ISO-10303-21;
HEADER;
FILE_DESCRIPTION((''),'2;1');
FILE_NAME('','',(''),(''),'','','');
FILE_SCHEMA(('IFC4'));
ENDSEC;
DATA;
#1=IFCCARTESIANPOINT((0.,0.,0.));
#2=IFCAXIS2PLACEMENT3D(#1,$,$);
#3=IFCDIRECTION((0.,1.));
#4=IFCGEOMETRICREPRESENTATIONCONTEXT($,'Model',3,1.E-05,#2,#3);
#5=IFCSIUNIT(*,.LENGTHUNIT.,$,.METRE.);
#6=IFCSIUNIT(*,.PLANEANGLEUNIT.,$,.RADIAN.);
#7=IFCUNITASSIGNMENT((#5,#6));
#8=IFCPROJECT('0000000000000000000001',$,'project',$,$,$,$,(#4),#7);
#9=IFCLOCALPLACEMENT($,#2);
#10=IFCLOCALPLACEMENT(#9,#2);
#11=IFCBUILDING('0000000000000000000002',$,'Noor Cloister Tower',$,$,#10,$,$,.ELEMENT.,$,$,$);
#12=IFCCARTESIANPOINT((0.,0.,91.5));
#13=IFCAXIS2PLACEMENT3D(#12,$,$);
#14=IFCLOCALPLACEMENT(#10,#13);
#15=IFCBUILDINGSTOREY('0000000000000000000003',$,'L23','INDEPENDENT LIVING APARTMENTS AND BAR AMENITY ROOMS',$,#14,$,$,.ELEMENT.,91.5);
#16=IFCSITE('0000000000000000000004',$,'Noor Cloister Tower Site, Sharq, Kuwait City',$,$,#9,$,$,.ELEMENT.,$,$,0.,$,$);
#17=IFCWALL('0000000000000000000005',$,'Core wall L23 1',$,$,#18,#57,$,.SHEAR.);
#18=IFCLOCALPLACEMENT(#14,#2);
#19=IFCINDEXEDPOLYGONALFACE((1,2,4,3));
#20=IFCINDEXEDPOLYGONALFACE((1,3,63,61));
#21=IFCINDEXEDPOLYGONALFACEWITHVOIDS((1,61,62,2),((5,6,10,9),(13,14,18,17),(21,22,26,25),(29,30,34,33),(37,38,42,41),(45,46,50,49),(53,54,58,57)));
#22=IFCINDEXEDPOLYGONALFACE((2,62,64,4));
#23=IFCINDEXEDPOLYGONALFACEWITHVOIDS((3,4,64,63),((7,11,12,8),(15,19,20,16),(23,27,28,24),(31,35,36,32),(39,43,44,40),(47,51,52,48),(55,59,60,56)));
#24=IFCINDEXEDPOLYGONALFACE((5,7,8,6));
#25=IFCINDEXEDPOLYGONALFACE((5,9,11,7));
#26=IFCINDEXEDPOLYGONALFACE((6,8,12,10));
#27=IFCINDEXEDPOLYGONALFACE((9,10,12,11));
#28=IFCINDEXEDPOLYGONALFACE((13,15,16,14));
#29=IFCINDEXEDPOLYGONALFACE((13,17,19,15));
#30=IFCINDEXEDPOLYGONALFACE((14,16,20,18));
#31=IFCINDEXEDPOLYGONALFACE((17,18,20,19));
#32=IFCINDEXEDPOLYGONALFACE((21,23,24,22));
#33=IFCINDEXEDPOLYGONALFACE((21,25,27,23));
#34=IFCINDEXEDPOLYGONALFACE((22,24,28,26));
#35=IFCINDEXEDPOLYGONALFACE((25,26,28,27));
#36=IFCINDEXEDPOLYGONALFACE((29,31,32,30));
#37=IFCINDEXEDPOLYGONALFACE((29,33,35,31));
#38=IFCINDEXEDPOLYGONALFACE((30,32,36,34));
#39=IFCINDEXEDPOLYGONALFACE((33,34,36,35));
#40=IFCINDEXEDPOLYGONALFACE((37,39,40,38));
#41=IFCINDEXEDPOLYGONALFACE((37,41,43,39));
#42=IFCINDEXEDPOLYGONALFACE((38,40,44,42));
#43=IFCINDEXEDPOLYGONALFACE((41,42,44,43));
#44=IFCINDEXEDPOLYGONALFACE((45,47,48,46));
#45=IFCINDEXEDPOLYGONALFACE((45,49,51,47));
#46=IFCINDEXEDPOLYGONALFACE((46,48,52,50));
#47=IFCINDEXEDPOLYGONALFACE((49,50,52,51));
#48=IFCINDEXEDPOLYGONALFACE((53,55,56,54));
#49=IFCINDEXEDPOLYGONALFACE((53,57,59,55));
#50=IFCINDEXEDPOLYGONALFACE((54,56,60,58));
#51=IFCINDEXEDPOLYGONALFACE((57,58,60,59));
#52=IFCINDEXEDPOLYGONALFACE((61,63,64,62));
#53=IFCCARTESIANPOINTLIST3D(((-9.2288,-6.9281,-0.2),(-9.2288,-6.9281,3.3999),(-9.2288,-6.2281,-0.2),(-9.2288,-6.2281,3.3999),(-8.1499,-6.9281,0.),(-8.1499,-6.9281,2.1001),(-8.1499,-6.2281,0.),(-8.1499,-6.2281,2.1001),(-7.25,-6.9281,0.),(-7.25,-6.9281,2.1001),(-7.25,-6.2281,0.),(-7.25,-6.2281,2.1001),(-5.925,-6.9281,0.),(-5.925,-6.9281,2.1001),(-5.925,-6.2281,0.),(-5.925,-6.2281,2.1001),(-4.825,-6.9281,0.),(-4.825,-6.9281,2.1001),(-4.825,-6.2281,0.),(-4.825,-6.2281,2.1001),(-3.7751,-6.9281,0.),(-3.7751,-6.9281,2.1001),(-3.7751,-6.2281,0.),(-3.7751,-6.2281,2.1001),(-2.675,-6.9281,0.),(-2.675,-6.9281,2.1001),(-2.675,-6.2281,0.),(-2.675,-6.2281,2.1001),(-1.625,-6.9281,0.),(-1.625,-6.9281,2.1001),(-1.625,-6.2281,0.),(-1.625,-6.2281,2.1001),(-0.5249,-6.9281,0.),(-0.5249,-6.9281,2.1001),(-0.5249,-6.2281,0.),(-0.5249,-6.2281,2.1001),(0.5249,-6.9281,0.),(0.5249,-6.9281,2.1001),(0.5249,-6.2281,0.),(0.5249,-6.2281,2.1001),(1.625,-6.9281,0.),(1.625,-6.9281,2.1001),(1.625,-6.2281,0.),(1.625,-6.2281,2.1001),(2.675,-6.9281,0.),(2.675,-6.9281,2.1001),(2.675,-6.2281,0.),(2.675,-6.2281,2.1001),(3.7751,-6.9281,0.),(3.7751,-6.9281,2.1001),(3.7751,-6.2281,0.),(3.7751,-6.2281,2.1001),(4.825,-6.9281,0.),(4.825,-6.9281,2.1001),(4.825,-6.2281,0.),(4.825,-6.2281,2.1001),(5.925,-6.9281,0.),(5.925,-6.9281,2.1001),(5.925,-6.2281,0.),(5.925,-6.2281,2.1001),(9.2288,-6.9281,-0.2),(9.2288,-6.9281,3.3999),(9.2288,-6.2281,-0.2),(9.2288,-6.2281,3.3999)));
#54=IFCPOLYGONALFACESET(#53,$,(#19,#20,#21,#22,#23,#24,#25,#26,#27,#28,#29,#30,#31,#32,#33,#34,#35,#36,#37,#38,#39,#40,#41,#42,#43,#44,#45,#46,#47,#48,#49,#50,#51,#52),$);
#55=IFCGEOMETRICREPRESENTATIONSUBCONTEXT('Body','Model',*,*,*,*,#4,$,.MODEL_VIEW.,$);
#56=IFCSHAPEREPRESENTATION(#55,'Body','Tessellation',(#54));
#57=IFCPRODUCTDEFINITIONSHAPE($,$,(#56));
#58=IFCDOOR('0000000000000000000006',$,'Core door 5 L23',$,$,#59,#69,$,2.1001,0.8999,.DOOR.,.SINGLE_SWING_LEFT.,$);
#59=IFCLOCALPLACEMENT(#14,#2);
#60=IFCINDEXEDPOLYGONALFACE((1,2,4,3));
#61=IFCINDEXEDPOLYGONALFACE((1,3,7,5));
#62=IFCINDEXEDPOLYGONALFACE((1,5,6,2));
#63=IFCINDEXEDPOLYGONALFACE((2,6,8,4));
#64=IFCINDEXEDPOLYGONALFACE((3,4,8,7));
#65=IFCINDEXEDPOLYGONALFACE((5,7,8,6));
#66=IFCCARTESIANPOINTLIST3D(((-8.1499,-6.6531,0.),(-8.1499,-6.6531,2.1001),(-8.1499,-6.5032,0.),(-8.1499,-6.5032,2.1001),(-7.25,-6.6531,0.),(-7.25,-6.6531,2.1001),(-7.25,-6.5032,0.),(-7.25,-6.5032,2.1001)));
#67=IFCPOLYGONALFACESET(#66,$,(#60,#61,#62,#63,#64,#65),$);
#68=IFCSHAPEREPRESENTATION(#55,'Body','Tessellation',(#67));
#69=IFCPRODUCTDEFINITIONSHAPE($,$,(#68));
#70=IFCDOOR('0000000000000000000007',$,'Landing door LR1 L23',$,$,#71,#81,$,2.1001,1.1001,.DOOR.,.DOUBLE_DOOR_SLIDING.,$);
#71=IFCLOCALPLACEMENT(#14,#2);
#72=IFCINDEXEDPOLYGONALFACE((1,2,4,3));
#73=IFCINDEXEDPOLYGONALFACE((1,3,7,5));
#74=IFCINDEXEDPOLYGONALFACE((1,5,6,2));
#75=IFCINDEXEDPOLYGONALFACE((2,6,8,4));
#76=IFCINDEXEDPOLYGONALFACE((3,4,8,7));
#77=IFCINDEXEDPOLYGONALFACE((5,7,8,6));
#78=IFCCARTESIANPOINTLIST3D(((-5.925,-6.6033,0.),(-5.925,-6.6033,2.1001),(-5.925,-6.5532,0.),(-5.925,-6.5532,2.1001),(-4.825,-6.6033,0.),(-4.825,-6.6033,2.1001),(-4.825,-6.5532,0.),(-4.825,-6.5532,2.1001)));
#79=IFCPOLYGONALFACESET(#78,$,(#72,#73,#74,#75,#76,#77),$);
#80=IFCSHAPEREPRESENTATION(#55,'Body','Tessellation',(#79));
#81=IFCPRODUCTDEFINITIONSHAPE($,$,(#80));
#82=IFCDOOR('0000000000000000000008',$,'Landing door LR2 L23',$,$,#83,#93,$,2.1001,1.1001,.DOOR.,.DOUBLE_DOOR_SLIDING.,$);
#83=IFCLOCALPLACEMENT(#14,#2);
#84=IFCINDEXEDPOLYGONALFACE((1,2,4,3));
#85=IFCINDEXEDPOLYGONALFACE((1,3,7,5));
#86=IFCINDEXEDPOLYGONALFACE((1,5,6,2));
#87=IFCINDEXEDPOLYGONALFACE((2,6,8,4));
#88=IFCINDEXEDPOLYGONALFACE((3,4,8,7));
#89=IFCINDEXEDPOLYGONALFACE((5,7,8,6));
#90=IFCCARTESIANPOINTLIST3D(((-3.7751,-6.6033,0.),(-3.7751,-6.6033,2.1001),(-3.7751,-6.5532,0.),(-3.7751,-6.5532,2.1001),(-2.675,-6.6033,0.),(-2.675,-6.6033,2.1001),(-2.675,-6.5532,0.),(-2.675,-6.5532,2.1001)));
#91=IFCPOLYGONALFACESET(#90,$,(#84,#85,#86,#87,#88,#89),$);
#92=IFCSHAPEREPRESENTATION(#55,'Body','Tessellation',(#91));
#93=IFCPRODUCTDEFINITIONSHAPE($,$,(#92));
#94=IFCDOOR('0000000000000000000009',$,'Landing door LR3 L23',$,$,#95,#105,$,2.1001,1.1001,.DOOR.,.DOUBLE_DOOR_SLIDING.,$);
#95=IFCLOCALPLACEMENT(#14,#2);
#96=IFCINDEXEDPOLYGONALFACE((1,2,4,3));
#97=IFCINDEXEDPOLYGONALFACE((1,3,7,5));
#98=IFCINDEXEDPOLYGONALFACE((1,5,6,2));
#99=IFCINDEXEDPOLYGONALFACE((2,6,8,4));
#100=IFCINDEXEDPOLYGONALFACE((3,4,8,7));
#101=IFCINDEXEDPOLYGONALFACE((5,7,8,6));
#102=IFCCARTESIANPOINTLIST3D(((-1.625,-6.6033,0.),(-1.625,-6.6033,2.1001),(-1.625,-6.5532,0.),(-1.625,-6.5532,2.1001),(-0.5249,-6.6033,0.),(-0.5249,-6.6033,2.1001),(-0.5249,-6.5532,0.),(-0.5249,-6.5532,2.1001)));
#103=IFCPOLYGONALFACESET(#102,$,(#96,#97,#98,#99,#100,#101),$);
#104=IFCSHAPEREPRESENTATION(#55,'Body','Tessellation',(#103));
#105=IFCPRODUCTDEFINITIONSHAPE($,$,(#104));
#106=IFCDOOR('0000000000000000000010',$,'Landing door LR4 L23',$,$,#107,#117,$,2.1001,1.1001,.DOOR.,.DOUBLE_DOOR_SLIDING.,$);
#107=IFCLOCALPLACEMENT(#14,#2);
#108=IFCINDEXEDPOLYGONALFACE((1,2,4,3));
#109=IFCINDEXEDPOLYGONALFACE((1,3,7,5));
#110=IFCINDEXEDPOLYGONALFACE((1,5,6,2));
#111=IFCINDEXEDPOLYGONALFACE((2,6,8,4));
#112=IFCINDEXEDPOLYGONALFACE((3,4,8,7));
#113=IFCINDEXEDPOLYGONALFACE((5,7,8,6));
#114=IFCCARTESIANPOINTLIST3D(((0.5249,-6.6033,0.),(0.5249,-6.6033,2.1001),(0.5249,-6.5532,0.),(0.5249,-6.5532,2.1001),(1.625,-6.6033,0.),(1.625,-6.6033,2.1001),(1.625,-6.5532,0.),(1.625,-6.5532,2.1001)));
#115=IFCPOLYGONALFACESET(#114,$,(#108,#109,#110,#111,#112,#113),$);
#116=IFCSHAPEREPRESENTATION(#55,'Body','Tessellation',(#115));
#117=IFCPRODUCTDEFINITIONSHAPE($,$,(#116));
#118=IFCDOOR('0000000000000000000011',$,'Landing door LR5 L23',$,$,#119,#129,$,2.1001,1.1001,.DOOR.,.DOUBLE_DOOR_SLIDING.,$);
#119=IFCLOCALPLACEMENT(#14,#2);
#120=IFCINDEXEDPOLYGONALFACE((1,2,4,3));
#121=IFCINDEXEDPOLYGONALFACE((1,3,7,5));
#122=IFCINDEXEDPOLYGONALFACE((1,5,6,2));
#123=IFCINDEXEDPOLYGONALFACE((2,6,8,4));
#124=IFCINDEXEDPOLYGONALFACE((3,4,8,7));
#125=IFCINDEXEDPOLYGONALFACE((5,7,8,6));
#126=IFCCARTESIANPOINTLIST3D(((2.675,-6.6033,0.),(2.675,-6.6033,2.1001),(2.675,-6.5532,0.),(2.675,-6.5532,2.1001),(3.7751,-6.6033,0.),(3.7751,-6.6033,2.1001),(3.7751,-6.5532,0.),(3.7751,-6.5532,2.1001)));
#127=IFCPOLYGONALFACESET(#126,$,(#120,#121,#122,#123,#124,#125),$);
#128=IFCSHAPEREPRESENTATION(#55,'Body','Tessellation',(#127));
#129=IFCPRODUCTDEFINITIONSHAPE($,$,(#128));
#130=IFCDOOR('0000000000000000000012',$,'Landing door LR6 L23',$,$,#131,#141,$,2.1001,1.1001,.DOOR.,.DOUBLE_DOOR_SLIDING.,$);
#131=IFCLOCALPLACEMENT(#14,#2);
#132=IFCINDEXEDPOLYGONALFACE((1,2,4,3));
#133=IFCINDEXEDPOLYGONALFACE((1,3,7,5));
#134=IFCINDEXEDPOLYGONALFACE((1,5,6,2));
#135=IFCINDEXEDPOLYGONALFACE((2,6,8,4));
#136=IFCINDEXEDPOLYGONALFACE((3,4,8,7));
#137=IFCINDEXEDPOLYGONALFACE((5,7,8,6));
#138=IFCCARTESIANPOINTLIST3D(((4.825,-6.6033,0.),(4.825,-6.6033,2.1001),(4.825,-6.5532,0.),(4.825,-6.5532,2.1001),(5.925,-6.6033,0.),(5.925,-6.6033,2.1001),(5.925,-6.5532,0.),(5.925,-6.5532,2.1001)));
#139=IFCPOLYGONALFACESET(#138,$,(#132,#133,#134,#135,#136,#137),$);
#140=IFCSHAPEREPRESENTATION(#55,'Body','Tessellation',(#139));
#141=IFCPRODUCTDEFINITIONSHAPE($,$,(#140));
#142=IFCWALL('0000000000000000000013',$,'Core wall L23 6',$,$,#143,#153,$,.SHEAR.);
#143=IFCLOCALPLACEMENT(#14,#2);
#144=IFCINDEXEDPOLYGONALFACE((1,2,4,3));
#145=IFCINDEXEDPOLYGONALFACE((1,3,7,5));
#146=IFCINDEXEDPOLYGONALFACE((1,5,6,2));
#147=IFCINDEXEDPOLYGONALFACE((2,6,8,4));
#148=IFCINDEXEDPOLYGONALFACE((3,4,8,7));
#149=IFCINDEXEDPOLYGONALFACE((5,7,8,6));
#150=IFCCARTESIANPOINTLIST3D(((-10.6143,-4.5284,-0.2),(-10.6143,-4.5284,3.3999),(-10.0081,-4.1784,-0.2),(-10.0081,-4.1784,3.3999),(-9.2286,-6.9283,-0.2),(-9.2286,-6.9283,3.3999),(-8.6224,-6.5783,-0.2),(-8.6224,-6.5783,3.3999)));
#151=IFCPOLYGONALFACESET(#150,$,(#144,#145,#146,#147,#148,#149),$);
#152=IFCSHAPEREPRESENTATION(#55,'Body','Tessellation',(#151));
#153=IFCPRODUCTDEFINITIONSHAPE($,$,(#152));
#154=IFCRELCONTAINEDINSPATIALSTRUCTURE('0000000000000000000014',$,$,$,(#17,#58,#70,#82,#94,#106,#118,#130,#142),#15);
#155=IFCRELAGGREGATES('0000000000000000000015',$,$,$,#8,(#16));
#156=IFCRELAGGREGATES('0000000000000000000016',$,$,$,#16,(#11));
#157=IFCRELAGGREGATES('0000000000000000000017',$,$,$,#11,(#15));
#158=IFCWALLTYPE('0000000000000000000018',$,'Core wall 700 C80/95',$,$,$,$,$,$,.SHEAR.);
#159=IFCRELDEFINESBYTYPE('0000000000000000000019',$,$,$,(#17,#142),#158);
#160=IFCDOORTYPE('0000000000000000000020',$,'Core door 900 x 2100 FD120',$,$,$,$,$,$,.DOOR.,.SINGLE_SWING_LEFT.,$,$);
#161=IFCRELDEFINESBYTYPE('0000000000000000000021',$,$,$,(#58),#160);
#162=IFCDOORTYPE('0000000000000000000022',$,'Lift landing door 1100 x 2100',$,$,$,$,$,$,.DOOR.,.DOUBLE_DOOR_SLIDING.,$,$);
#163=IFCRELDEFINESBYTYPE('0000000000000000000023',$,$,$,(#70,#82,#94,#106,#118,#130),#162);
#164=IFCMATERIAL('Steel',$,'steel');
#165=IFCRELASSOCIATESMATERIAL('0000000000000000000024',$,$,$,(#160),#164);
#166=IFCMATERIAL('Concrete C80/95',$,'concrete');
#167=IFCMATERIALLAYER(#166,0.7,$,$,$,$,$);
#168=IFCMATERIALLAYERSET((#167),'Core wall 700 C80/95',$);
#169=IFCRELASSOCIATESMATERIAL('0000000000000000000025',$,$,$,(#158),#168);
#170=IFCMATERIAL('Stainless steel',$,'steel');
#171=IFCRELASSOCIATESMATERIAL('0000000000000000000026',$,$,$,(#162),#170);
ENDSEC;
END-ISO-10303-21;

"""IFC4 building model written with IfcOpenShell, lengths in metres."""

from ifc_helpers import new_model, si_unit, direction, frame, frame_2d, origin, place, context, subcontext, project, spatial, rectangle, extrude, material, layer, layer_set, type_object, element, fill, save


model = new_model("IFC4")

# Units and contexts
model_context = context("Model", 3, precision=1e-05, world=origin(), true_north=direction((0.0, 1.0)))
body_context = subcontext(model_context, "Body", "Model", "MODEL_VIEW")
ifc_project = project(units=[si_unit("LENGTHUNIT", "METRE"), si_unit("PLANEANGLEUNIT", "RADIAN")], contexts=[model_context])

# Site, building, storey
site_placement = place(None, origin())
site = spatial("IfcSite", under=ifc_project, at=site_placement, Name="Noor Cloister Tower Site, Sharq, Kuwait City", CompositionType="ELEMENT", RefElevation=0.0)
building_placement = place(site_placement, origin())
building = spatial("IfcBuilding", under=site, at=building_placement, Name="Noor Cloister Tower", CompositionType="ELEMENT")
storey_placement = place(building_placement, frame((0.0, 0.0, 91.5)))
storey = spatial("IfcBuildingStorey", under=building, at=storey_placement, Name="L23", Description="INDEPENDENT LIVING APARTMENTS AND BAR AMENITY ROOMS", CompositionType="ELEMENT", Elevation=91.5)

# Shared definitions
ifc_material_1 = material(Name="Steel", Category="steel")
door_type_1 = type_object("IfcDoorType", Name="Core door 900 x 2100 FD120", OperationType="SINGLE_SWING_LEFT", PredefinedType="DOOR", material=ifc_material_1)

# Wall, openings, doors
ifc_material_2 = material(Name="Concrete C80/95", Category="concrete")
ifc_layer_1 = layer(ifc_material_2, 0.7)
ifc_layer_set_1 = layer_set([ifc_layer_1], Name="Core wall 700 C80/95")
wall_type_1 = type_object("IfcWallType", Name="Core wall 700 C80/95", PredefinedType="SHEAR", material=ifc_layer_set_1)
wall_1_placement = place(storey_placement, frame((-9.2288, -6.5781, -0.2), z_axis=(0.0, 0.0, 1.0), x_axis=(1.0, 0.0, 0.0)))
wall_1 = element("IfcWall", 1, at=wall_1_placement, inside=storey, type_object=wall_type_1, Name="Core wall L23 1", PredefinedType="SHEAR", context=body_context, shape_type="SweptSolid", body=[
    extrude(rectangle(XDim=18.4575, YDim=0.7, at=frame_2d((9.2288, 0.0))), origin(), (0.0, 0.0, 1.0), 3.5999),
])
opening_1_placement = place(wall_1_placement, frame((3.3037, 0.0, 0.2)))
opening_1 = element("IfcOpeningElement", 2, at=opening_1_placement, cuts=wall_1, PredefinedType="OPENING", context=body_context, shape_type="SweptSolid", body=[
    extrude(rectangle(XDim=1.1001, YDim=2.1001, at=frame_2d((0.55, 1.05))), frame((0.0, 0.3599, 0.0), z_axis=(0.0, -1.0, 0.0), x_axis=(1.0, 0.0, 0.0)), (0.0, 0.0, 1.0), 0.72),
])
opening_2_placement = place(wall_1_placement, frame((5.4536, 0.0, 0.2)))
opening_2 = element("IfcOpeningElement", 3, at=opening_2_placement, cuts=wall_1, PredefinedType="OPENING", context=body_context, shape_type="SweptSolid", body=[
    extrude(rectangle(XDim=1.1001, YDim=2.1001, at=frame_2d((0.55, 1.05))), frame((0.0, 0.3599, 0.0), z_axis=(0.0, -1.0, 0.0), x_axis=(1.0, 0.0, 0.0)), (0.0, 0.0, 1.0), 0.72),
])
opening_3_placement = place(wall_1_placement, frame((7.6038, 0.0, 0.2)))
opening_3 = element("IfcOpeningElement", 4, at=opening_3_placement, cuts=wall_1, PredefinedType="OPENING", context=body_context, shape_type="SweptSolid", body=[
    extrude(rectangle(XDim=1.1001, YDim=2.1001, at=frame_2d((0.55, 1.05))), frame((0.0, 0.3599, 0.0), z_axis=(0.0, -1.0, 0.0), x_axis=(1.0, 0.0, 0.0)), (0.0, 0.0, 1.0), 0.72),
])
opening_4_placement = place(wall_1_placement, frame((9.7537, 0.0, 0.2)))
opening_4 = element("IfcOpeningElement", 5, at=opening_4_placement, cuts=wall_1, PredefinedType="OPENING", context=body_context, shape_type="SweptSolid", body=[
    extrude(rectangle(XDim=1.1001, YDim=2.1001, at=frame_2d((0.55, 1.05))), frame((0.0, 0.3599, 0.0), z_axis=(0.0, -1.0, 0.0), x_axis=(1.0, 0.0, 0.0)), (0.0, 0.0, 1.0), 0.72),
])
opening_5_placement = place(wall_1_placement, frame((11.9038, 0.0, 0.2)))
opening_5 = element("IfcOpeningElement", 6, at=opening_5_placement, cuts=wall_1, PredefinedType="OPENING", context=body_context, shape_type="SweptSolid", body=[
    extrude(rectangle(XDim=1.1001, YDim=2.1001, at=frame_2d((0.55, 1.05))), frame((0.0, 0.3599, 0.0), z_axis=(0.0, -1.0, 0.0), x_axis=(1.0, 0.0, 0.0)), (0.0, 0.0, 1.0), 0.72),
])
opening_6_placement = place(wall_1_placement, frame((14.0537, 0.0, 0.2)))
opening_6 = element("IfcOpeningElement", 7, at=opening_6_placement, cuts=wall_1, PredefinedType="OPENING", context=body_context, shape_type="SweptSolid", body=[
    extrude(rectangle(XDim=1.1001, YDim=2.1001, at=frame_2d((0.55, 1.05))), frame((0.0, 0.3599, 0.0), z_axis=(0.0, -1.0, 0.0), x_axis=(1.0, 0.0, 0.0)), (0.0, 0.0, 1.0), 0.72),
])
opening_7_placement = place(wall_1_placement, frame((1.0789, 0.0, 0.2)))
opening_7 = element("IfcOpeningElement", 8, at=opening_7_placement, cuts=wall_1, PredefinedType="OPENING", context=body_context, shape_type="SweptSolid", body=[
    extrude(rectangle(XDim=0.8999, YDim=2.1001, at=frame_2d((0.45, 1.05))), frame((0.0, 0.3599, 0.0), z_axis=(0.0, -1.0, 0.0), x_axis=(1.0, 0.0, 0.0)), (0.0, 0.0, 1.0), 0.72),
])
door_1_placement = place(opening_7_placement, origin())
door_1 = element("IfcDoor", 9, at=door_1_placement, inside=storey, type_object=door_type_1, Name="Core door 5 L23", OperationType="SINGLE_SWING_LEFT", OverallHeight=2.1001, OverallWidth=0.8999, PredefinedType="DOOR", context=body_context, shape_type="SweptSolid", body=[
    extrude(rectangle(XDim=0.8999, YDim=2.1001, at=frame_2d((0.45, 1.05))), frame((0.0, 0.075, 0.0), z_axis=(0.0, -1.0, 0.0), x_axis=(1.0, 0.0, 0.0)), (0.0, 0.0, 1.0), 0.1499),
])
fill(opening_7, door_1)
ifc_material_3 = material(Name="Stainless steel", Category="steel")
door_type_2 = type_object("IfcDoorType", Name="Lift landing door 1100 x 2100", OperationType="DOUBLE_DOOR_SLIDING", PredefinedType="DOOR", material=ifc_material_3)
door_2_placement = place(opening_1_placement, origin())
door_2 = element("IfcDoor", 10, at=door_2_placement, inside=storey, type_object=door_type_2, Name="Landing door LR1 L23", OperationType="DOUBLE_DOOR_SLIDING", OverallHeight=2.1001, OverallWidth=1.1001, PredefinedType="DOOR", context=body_context, shape_type="SweptSolid", body=[
    extrude(rectangle(XDim=1.1001, YDim=2.1001, at=frame_2d((0.55, 1.05))), frame((0.0, 0.0249, 0.0), z_axis=(0.0, -1.0, 0.0), x_axis=(1.0, 0.0, 0.0)), (0.0, 0.0, 1.0), 0.05),
])
fill(opening_1, door_2)
door_3_placement = place(opening_2_placement, origin())
door_3 = element("IfcDoor", 11, at=door_3_placement, inside=storey, type_object=door_type_2, Name="Landing door LR2 L23", OperationType="DOUBLE_DOOR_SLIDING", OverallHeight=2.1001, OverallWidth=1.1001, PredefinedType="DOOR", context=body_context, shape_type="SweptSolid", body=[
    extrude(rectangle(XDim=1.1001, YDim=2.1001, at=frame_2d((0.55, 1.05))), frame((0.0, 0.0249, 0.0), z_axis=(0.0, -1.0, 0.0), x_axis=(1.0, 0.0, 0.0)), (0.0, 0.0, 1.0), 0.05),
])
fill(opening_2, door_3)
door_4_placement = place(opening_3_placement, origin())
door_4 = element("IfcDoor", 12, at=door_4_placement, inside=storey, type_object=door_type_2, Name="Landing door LR3 L23", OperationType="DOUBLE_DOOR_SLIDING", OverallHeight=2.1001, OverallWidth=1.1001, PredefinedType="DOOR", context=body_context, shape_type="SweptSolid", body=[
    extrude(rectangle(XDim=1.1001, YDim=2.1001, at=frame_2d((0.55, 1.05))), frame((0.0, 0.0249, 0.0), z_axis=(0.0, -1.0, 0.0), x_axis=(1.0, 0.0, 0.0)), (0.0, 0.0, 1.0), 0.05),
])
fill(opening_3, door_4)
door_5_placement = place(opening_4_placement, origin())
door_5 = element("IfcDoor", 13, at=door_5_placement, inside=storey, type_object=door_type_2, Name="Landing door LR4 L23", OperationType="DOUBLE_DOOR_SLIDING", OverallHeight=2.1001, OverallWidth=1.1001, PredefinedType="DOOR", context=body_context, shape_type="SweptSolid", body=[
    extrude(rectangle(XDim=1.1001, YDim=2.1001, at=frame_2d((0.55, 1.05))), frame((0.0, 0.0249, 0.0), z_axis=(0.0, -1.0, 0.0), x_axis=(1.0, 0.0, 0.0)), (0.0, 0.0, 1.0), 0.05),
])
fill(opening_4, door_5)
door_6_placement = place(opening_5_placement, origin())
door_6 = element("IfcDoor", 14, at=door_6_placement, inside=storey, type_object=door_type_2, Name="Landing door LR5 L23", OperationType="DOUBLE_DOOR_SLIDING", OverallHeight=2.1001, OverallWidth=1.1001, PredefinedType="DOOR", context=body_context, shape_type="SweptSolid", body=[
    extrude(rectangle(XDim=1.1001, YDim=2.1001, at=frame_2d((0.55, 1.05))), frame((0.0, 0.0249, 0.0), z_axis=(0.0, -1.0, 0.0), x_axis=(1.0, 0.0, 0.0)), (0.0, 0.0, 1.0), 0.05),
])
fill(opening_5, door_6)
door_7_placement = place(opening_6_placement, origin())
door_7 = element("IfcDoor", 15, at=door_7_placement, inside=storey, type_object=door_type_2, Name="Landing door LR6 L23", OperationType="DOUBLE_DOOR_SLIDING", OverallHeight=2.1001, OverallWidth=1.1001, PredefinedType="DOOR", context=body_context, shape_type="SweptSolid", body=[
    extrude(rectangle(XDim=1.1001, YDim=2.1001, at=frame_2d((0.55, 1.05))), frame((0.0, 0.0249, 0.0), z_axis=(0.0, -1.0, 0.0), x_axis=(1.0, 0.0, 0.0)), (0.0, 0.0, 1.0), 0.05),
])
fill(opening_6, door_7)

# Wall
wall_2_placement = place(storey_placement, frame((-10.3113, -4.3533, -0.2), z_axis=(0.0, 0.0, 1.0), x_axis=(0.500043, -0.866001, 0.0)))
element("IfcWall", 16, at=wall_2_placement, inside=storey, type_object=wall_type_1, Name="Core wall L23 6", PredefinedType="SHEAR", context=body_context, shape_type="SweptSolid", body=[
    extrude(rectangle(XDim=2.7712, YDim=0.7, at=frame_2d((1.3857, 0.0))), origin(), (0.0, 0.0, 1.0), 3.5999),
])

save(model, "model.ifc")
